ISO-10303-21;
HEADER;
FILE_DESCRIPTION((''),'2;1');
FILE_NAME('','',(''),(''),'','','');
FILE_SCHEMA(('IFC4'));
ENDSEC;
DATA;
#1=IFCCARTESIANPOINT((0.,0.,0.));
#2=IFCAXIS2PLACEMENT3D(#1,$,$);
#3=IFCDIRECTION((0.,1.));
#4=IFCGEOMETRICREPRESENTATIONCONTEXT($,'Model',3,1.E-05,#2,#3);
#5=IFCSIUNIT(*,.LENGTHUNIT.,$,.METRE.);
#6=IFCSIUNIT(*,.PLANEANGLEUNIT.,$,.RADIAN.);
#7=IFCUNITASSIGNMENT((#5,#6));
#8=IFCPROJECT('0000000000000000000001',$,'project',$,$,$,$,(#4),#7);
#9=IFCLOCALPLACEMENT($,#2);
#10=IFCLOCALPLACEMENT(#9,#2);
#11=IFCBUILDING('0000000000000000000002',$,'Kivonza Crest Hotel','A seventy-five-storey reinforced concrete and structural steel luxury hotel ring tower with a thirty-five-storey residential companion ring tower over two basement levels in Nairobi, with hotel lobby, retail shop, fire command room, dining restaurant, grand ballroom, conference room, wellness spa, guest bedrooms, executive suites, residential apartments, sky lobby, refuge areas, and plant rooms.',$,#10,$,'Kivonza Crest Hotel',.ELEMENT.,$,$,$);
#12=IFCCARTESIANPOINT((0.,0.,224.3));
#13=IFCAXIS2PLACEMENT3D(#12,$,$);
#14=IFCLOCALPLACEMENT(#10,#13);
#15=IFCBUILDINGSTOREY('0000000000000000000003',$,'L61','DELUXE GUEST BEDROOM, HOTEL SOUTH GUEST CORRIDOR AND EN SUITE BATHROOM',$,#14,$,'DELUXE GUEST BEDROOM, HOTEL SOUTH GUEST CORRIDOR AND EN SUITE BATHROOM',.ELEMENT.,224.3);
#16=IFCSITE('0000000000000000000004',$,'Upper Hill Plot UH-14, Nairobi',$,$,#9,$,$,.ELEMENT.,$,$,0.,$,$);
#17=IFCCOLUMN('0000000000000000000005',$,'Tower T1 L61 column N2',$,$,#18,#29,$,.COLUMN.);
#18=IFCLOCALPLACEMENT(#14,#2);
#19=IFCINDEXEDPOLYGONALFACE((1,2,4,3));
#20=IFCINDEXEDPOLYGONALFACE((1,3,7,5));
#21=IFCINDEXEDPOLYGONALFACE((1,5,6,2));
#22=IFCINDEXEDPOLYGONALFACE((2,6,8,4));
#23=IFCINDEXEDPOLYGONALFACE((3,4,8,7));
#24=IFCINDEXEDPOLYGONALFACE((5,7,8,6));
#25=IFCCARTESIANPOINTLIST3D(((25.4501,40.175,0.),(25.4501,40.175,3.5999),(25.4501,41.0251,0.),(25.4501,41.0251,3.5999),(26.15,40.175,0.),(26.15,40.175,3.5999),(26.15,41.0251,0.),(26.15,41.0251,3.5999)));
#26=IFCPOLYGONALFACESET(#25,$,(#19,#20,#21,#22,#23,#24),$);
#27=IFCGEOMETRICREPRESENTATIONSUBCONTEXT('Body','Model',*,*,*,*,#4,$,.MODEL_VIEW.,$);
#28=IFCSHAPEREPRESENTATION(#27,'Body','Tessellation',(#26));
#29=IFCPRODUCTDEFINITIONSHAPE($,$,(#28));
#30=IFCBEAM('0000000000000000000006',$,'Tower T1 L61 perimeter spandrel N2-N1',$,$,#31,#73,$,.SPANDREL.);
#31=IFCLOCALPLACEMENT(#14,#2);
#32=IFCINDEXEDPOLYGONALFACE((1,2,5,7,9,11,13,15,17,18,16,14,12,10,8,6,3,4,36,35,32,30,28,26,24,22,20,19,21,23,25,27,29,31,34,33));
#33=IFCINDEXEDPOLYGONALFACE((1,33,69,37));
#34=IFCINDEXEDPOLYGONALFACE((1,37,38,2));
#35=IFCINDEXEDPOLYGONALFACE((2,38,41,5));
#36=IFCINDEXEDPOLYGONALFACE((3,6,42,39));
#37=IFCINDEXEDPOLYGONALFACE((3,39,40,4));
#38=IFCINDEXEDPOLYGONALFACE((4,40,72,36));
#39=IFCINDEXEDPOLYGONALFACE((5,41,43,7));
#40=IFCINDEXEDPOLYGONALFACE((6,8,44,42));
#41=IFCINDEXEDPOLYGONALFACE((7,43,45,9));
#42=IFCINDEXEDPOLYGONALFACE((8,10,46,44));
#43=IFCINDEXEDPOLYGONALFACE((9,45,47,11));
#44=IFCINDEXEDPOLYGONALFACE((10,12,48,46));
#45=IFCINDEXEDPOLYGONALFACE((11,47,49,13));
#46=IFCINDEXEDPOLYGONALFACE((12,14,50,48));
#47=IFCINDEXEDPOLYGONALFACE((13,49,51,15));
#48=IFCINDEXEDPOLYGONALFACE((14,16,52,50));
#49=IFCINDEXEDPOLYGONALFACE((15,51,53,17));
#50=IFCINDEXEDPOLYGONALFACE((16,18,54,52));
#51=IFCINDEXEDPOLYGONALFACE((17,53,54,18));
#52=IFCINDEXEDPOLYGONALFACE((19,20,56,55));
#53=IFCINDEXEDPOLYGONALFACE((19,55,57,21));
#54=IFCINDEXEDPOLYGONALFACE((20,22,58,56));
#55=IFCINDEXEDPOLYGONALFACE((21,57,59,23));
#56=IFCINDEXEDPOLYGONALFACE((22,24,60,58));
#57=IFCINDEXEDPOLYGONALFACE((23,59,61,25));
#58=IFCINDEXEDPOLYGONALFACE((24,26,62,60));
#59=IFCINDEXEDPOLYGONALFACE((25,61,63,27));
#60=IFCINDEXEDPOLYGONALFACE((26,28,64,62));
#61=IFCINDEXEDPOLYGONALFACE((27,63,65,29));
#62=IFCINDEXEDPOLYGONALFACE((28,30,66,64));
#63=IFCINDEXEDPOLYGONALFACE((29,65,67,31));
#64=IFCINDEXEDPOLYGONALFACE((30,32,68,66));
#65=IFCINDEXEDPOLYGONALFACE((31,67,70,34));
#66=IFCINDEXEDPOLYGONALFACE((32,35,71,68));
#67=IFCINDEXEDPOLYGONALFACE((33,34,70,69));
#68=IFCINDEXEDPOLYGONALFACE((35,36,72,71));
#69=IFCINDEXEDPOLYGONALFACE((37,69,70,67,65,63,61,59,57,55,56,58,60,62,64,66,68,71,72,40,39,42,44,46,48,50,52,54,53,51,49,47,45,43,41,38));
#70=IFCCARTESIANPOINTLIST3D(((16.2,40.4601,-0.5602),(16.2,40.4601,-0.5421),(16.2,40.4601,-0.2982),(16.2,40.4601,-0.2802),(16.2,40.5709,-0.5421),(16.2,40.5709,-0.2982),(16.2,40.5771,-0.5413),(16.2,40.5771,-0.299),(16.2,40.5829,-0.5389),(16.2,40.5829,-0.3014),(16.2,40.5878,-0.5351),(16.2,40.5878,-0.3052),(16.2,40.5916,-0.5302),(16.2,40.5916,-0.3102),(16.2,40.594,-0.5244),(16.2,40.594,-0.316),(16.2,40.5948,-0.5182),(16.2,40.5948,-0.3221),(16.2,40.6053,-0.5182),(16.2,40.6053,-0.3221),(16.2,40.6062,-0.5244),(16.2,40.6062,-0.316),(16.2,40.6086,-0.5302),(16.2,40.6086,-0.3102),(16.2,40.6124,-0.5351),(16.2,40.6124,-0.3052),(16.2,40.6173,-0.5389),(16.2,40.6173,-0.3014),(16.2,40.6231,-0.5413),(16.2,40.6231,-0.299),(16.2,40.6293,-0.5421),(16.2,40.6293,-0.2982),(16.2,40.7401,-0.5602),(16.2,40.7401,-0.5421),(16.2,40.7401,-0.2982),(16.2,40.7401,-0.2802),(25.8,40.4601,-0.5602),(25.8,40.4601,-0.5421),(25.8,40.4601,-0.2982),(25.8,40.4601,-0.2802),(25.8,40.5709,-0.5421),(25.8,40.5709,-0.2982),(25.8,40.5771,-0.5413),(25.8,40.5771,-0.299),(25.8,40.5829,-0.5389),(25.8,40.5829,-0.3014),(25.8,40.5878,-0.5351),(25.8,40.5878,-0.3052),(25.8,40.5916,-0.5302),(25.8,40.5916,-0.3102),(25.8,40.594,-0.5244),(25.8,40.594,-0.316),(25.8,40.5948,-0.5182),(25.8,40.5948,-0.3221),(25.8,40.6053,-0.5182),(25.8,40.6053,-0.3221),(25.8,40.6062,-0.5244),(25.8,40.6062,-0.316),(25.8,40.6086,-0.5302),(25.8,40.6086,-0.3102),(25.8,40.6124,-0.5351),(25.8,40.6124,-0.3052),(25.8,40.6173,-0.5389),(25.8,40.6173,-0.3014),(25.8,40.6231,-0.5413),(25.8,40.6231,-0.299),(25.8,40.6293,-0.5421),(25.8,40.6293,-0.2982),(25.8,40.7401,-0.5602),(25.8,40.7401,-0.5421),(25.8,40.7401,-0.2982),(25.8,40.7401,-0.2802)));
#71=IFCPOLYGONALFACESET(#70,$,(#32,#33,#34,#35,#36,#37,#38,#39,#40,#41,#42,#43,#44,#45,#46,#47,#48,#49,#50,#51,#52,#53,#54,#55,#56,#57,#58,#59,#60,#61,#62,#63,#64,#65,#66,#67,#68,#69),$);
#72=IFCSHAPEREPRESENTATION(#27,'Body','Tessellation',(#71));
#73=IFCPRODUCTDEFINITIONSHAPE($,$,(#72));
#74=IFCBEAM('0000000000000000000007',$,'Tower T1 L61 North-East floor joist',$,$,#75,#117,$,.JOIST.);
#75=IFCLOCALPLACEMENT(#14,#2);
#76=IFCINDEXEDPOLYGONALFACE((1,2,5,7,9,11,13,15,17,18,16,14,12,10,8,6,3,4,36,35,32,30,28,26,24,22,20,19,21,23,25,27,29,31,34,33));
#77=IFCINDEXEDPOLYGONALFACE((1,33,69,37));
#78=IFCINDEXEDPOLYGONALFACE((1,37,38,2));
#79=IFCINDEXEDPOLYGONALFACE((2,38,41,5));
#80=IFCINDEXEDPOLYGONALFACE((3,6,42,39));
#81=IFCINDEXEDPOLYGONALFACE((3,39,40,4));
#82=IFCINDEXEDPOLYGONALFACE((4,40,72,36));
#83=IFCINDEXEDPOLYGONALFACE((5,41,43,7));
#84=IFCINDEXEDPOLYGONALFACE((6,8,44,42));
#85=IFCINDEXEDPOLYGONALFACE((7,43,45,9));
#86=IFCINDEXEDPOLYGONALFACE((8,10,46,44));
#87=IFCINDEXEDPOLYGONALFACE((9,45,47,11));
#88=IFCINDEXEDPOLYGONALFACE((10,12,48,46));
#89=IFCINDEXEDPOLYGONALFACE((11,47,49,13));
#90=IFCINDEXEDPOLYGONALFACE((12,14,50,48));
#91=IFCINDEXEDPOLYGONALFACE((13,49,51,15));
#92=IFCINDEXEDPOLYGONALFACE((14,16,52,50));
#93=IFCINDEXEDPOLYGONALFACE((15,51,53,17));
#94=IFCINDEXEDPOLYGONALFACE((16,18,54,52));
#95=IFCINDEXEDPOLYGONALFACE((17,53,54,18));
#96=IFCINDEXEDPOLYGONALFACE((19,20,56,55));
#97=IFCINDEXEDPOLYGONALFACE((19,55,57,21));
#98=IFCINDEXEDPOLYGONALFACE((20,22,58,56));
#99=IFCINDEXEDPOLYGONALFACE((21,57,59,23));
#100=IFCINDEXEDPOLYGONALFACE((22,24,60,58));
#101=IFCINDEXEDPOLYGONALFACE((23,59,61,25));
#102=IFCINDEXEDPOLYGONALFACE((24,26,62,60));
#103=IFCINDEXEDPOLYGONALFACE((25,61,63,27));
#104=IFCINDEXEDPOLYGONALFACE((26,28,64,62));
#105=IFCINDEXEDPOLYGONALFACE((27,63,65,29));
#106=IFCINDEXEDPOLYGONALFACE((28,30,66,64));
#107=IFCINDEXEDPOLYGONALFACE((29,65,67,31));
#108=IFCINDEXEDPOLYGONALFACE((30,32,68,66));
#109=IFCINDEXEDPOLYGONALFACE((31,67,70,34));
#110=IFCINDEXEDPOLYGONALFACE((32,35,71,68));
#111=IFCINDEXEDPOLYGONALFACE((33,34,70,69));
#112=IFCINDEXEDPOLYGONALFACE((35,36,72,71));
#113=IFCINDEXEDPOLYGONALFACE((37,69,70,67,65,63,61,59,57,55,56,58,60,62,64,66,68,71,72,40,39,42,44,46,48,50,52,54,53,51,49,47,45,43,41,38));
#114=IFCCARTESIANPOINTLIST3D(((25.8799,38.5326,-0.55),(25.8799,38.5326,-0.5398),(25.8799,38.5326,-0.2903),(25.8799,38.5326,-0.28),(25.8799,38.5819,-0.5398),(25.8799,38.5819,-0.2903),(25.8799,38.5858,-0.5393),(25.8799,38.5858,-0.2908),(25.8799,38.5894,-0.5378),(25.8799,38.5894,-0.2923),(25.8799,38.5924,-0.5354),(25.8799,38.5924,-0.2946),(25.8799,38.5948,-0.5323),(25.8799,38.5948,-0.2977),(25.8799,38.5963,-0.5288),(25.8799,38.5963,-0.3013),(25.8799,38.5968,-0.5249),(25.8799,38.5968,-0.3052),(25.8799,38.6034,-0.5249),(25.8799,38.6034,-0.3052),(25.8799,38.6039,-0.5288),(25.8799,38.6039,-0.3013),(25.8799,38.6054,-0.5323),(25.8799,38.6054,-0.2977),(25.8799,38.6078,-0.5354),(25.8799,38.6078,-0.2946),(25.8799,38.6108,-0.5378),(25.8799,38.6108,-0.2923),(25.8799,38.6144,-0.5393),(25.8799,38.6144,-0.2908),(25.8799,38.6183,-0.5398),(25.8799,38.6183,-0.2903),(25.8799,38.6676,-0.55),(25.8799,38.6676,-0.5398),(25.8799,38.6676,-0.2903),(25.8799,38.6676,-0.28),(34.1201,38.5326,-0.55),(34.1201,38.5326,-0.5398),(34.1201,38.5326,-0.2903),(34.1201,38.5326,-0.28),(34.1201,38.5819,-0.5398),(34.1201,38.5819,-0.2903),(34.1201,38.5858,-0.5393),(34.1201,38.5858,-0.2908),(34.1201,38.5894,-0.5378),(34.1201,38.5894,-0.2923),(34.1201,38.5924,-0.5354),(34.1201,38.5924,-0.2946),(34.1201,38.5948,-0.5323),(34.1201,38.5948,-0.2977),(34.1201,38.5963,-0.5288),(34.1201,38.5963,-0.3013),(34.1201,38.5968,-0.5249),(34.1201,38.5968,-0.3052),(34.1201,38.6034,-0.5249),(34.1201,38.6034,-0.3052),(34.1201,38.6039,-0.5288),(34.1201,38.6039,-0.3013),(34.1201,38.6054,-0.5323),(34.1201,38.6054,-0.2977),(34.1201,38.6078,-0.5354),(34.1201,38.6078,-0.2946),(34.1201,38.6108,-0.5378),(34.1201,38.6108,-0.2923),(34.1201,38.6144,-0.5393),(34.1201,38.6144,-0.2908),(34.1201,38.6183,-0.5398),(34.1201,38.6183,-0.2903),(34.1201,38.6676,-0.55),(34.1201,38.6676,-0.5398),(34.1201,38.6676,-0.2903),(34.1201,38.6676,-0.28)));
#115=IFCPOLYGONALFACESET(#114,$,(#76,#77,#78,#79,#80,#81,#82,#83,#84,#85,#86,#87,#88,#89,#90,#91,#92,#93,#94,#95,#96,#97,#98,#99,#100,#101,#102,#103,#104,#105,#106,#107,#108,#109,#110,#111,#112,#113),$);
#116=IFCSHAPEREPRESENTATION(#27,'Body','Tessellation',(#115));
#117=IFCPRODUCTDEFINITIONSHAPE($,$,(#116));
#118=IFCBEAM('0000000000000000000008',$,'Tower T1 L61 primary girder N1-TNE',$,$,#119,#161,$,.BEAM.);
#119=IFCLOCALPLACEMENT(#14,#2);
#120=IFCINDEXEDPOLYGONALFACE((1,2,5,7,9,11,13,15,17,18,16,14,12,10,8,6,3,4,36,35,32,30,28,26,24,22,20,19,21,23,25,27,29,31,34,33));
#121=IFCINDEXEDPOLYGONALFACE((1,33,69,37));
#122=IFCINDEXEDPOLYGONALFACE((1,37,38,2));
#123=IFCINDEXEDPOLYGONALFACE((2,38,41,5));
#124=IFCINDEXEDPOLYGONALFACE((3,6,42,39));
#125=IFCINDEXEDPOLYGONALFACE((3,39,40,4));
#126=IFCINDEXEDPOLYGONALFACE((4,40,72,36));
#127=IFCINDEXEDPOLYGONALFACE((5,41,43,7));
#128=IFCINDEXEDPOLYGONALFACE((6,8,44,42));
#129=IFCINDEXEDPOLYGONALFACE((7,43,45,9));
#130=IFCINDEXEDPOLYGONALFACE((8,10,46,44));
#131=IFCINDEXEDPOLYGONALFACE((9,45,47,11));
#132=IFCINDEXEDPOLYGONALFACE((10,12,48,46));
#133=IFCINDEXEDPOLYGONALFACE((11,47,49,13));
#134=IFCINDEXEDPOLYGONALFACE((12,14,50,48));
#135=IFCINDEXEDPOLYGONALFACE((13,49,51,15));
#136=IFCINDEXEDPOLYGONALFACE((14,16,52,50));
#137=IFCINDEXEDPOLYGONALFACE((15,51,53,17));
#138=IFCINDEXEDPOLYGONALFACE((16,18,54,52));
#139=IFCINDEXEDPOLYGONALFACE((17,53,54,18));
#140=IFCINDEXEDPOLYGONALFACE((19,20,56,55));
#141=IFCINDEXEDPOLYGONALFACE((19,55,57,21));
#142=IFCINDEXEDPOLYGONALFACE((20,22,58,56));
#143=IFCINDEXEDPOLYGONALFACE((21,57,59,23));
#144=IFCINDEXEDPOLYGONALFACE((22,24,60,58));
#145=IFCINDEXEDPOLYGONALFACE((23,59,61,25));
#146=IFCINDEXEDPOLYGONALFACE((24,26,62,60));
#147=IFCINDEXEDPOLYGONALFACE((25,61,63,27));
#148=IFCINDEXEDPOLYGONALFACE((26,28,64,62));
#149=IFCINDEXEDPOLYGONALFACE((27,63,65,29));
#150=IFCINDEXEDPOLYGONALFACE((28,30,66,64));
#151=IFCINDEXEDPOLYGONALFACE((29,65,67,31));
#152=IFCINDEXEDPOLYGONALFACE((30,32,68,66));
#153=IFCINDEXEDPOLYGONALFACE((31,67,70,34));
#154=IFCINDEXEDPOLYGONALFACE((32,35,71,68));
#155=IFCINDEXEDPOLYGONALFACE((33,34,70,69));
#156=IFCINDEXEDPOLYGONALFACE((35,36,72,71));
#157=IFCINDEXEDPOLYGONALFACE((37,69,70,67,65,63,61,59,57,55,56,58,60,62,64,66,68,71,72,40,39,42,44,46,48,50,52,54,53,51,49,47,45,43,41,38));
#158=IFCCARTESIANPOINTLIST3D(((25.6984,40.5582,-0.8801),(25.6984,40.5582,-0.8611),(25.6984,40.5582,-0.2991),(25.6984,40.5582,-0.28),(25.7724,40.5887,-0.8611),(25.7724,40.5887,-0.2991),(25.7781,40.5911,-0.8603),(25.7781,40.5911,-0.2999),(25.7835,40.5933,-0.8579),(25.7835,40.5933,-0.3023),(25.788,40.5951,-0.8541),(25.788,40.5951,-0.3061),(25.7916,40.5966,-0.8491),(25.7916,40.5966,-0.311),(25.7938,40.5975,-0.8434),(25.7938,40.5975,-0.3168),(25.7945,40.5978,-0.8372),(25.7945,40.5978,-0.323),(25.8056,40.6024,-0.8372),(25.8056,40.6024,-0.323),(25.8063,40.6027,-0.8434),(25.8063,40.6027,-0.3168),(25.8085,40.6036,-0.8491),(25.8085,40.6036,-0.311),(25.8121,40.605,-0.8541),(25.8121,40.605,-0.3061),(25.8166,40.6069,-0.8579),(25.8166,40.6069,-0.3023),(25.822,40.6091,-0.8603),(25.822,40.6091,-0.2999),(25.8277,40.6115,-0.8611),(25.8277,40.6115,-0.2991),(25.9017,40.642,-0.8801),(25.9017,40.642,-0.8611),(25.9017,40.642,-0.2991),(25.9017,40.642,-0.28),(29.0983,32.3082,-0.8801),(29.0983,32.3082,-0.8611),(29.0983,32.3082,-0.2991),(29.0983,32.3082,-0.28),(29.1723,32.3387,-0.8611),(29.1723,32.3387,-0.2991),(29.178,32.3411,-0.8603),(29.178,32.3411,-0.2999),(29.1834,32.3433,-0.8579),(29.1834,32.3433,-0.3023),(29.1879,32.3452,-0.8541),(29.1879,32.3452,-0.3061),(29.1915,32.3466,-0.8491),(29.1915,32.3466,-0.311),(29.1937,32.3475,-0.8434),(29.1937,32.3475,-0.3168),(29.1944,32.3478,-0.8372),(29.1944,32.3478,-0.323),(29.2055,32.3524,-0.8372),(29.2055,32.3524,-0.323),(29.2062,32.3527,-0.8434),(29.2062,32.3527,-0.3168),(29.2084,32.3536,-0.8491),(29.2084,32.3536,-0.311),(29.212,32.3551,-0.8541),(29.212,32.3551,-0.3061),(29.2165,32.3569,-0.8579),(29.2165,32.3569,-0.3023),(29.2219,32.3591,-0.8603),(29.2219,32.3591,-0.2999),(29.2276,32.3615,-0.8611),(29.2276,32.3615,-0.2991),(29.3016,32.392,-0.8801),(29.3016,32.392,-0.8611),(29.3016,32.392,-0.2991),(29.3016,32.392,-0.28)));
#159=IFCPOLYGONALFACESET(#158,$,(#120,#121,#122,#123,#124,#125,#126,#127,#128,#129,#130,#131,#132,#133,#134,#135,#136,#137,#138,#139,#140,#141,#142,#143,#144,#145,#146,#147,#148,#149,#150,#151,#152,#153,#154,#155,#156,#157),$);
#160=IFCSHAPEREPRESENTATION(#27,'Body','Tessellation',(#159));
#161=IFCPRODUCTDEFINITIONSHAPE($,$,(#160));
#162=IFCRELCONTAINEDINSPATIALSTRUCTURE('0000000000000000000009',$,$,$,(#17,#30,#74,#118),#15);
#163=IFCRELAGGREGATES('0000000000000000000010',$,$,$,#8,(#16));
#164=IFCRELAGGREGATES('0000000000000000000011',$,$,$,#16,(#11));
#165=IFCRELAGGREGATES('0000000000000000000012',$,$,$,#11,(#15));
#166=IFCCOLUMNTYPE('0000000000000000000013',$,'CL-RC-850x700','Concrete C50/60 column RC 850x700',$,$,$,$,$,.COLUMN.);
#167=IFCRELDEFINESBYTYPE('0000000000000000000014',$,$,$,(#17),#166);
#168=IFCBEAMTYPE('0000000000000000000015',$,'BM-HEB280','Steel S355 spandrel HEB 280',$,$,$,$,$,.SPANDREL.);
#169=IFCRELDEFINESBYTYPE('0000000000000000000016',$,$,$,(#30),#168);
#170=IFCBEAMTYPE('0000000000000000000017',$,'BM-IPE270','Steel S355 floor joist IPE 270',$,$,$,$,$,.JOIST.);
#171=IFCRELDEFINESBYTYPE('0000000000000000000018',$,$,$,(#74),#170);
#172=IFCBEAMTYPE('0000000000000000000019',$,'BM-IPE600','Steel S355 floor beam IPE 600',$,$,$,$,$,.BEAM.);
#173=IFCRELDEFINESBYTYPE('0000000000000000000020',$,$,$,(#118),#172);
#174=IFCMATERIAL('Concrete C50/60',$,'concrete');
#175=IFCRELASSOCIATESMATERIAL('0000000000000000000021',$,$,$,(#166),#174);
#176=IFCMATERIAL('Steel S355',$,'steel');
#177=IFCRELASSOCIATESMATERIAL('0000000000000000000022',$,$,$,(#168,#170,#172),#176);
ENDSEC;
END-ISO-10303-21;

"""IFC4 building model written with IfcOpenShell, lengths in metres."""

from ifc_helpers import new_model, si_unit, direction, frame, origin, origin_2d, place, context, subcontext, project, spatial, rectangle, i_section, extrude, material, material_profile, profile_set, type_object, element, save


model = new_model("IFC4")

# Units and contexts
model_context = context("Model", 3, precision=1e-05, world=origin(), true_north=direction((0.0, 1.0)))
body_context = subcontext(model_context, "Body", "Model", "MODEL_VIEW")
ifc_project = project(units=[si_unit("LENGTHUNIT", "METRE"), si_unit("PLANEANGLEUNIT", "RADIAN")], contexts=[model_context])

# Site, building, storey
site_placement = place(None, origin())
site = spatial("IfcSite", under=ifc_project, at=site_placement, Name="Upper Hill Plot UH-14, Nairobi", CompositionType="ELEMENT", RefElevation=0.0)
building_placement = place(site_placement, origin())
building = spatial("IfcBuilding", under=site, at=building_placement, Name="Kivonza Crest Hotel", Description="A seventy-five-storey reinforced concrete and structural steel luxury hotel ring tower with a thirty-five-storey residential companion ring tower over two basement levels in Nairobi, with hotel lobby, retail shop, fire command room, dining restaurant, grand ballroom, conference room, wellness spa, guest bedrooms, executive suites, residential apartments, sky lobby, refuge areas, and plant rooms.", LongName="Kivonza Crest Hotel", CompositionType="ELEMENT")
storey_placement = place(building_placement, frame((0.0, 0.0, 224.3)))
storey = spatial("IfcBuildingStorey", under=building, at=storey_placement, Name="L61", Description="DELUXE GUEST BEDROOM, HOTEL SOUTH GUEST CORRIDOR AND EN SUITE BATHROOM", LongName="DELUXE GUEST BEDROOM, HOTEL SOUTH GUEST CORRIDOR AND EN SUITE BATHROOM", CompositionType="ELEMENT", Elevation=224.3)

# Column
ifc_material_1 = material(Name="Concrete C50/60", Category="concrete")
ifc_material_profile_1 = material_profile(ifc_material_1, rectangle(XDim=0.7, YDim=0.8501, at=origin_2d()), Name="RC 850x700")
ifc_profile_set_1 = profile_set([ifc_material_profile_1], Name="Concrete C50/60")
column_type = type_object("IfcColumnType", Name="CL-RC-850x700", Description="Concrete C50/60 column RC 850x700", PredefinedType="COLUMN", material=ifc_profile_set_1)
column_placement = place(storey_placement, frame((25.8, 40.6001, 0.0), z_axis=(0.0, 0.0, 1.0), x_axis=(1.0, 0.0, 0.0)))
element("IfcColumn", 1, at=column_placement, inside=storey, type_object=column_type, Name="Tower T1 L61 column N2", PredefinedType="COLUMN", context=body_context, shape_type="SweptSolid", body=[
    extrude(rectangle(XDim=0.7, YDim=0.8501, at=origin_2d()), origin(), (0.0, 0.0, 1.0), 3.5999),
])

# Beams
ifc_material_2 = material(Name="Steel S355", Category="steel")
ifc_material_profile_2 = material_profile(ifc_material_2, i_section(OverallWidth=0.28, OverallDepth=0.28, WebThickness=0.0105, FlangeThickness=0.0181, FilletRadius=0.0239, at=origin_2d()), Name="HEB 280")
ifc_profile_set_2 = profile_set([ifc_material_profile_2], Name="Steel S355")
beam_type_1 = type_object("IfcBeamType", Name="BM-HEB280", Description="Steel S355 spandrel HEB 280", PredefinedType="SPANDREL", material=ifc_profile_set_2)
beam_1_placement = place(storey_placement, frame((25.8, 40.6001, -0.4202), z_axis=(-1.0, 0.0, 0.0), x_axis=(0.0, -1.0, 0.0)))
element("IfcBeam", 2, at=beam_1_placement, inside=storey, type_object=beam_type_1, Name="Tower T1 L61 perimeter spandrel N2-N1", PredefinedType="SPANDREL", context=body_context, shape_type="SweptSolid", body=[
    extrude(i_section(OverallWidth=0.28, OverallDepth=0.28, WebThickness=0.0105, FlangeThickness=0.0181, FilletRadius=0.0239, at=origin_2d()), origin(), (0.0, 0.0, 1.0), 9.6001),
])
ifc_material_profile_3 = material_profile(ifc_material_2, i_section(OverallWidth=0.135, OverallDepth=0.27, WebThickness=0.0066, FlangeThickness=0.0103, FilletRadius=0.0149, at=origin_2d()), Name="IPE 270")
ifc_profile_set_3 = profile_set([ifc_material_profile_3], Name="Steel S355")
beam_type_2 = type_object("IfcBeamType", Name="BM-IPE270", Description="Steel S355 floor joist IPE 270", PredefinedType="JOIST", material=ifc_profile_set_3)
beam_2_placement = place(storey_placement, frame((25.8799, 38.6001, -0.415), z_axis=(1.0, 0.0, 0.0), x_axis=(0.0, 1.0, 0.0)))
element("IfcBeam", 3, at=beam_2_placement, inside=storey, type_object=beam_type_2, Name="Tower T1 L61 North-East floor joist", PredefinedType="JOIST", context=body_context, shape_type="SweptSolid", body=[
    extrude(i_section(OverallWidth=0.135, OverallDepth=0.27, WebThickness=0.0066, FlangeThickness=0.0103, FilletRadius=0.0149, at=origin_2d()), origin(), (0.0, 0.0, 1.0), 8.2402),
])
ifc_material_profile_4 = material_profile(ifc_material_2, i_section(OverallWidth=0.22, OverallDepth=0.6001, WebThickness=0.012, FlangeThickness=0.019, FilletRadius=0.0239, at=origin_2d()), Name="IPE 600")
ifc_profile_set_4 = profile_set([ifc_material_profile_4], Name="Steel S355")
beam_type_3 = type_object("IfcBeamType", Name="BM-IPE600", Description="Steel S355 floor beam IPE 600", PredefinedType="BEAM", material=ifc_profile_set_4)
beam_3_placement = place(storey_placement, frame((25.8, 40.6001, -0.5801), z_axis=(0.381022, -0.924566, 0.0), x_axis=(0.924566, 0.381022, 0.0)))
element("IfcBeam", 4, at=beam_3_placement, inside=storey, type_object=beam_type_3, Name="Tower T1 L61 primary girder N1-TNE", PredefinedType="BEAM", context=body_context, shape_type="SweptSolid", body=[
    extrude(i_section(OverallWidth=0.22, OverallDepth=0.6001, WebThickness=0.012, FlangeThickness=0.019, FilletRadius=0.0239, at=origin_2d()), origin(), (0.0, 0.0, 1.0), 8.9231),
])

save(model, "model.ifc")
